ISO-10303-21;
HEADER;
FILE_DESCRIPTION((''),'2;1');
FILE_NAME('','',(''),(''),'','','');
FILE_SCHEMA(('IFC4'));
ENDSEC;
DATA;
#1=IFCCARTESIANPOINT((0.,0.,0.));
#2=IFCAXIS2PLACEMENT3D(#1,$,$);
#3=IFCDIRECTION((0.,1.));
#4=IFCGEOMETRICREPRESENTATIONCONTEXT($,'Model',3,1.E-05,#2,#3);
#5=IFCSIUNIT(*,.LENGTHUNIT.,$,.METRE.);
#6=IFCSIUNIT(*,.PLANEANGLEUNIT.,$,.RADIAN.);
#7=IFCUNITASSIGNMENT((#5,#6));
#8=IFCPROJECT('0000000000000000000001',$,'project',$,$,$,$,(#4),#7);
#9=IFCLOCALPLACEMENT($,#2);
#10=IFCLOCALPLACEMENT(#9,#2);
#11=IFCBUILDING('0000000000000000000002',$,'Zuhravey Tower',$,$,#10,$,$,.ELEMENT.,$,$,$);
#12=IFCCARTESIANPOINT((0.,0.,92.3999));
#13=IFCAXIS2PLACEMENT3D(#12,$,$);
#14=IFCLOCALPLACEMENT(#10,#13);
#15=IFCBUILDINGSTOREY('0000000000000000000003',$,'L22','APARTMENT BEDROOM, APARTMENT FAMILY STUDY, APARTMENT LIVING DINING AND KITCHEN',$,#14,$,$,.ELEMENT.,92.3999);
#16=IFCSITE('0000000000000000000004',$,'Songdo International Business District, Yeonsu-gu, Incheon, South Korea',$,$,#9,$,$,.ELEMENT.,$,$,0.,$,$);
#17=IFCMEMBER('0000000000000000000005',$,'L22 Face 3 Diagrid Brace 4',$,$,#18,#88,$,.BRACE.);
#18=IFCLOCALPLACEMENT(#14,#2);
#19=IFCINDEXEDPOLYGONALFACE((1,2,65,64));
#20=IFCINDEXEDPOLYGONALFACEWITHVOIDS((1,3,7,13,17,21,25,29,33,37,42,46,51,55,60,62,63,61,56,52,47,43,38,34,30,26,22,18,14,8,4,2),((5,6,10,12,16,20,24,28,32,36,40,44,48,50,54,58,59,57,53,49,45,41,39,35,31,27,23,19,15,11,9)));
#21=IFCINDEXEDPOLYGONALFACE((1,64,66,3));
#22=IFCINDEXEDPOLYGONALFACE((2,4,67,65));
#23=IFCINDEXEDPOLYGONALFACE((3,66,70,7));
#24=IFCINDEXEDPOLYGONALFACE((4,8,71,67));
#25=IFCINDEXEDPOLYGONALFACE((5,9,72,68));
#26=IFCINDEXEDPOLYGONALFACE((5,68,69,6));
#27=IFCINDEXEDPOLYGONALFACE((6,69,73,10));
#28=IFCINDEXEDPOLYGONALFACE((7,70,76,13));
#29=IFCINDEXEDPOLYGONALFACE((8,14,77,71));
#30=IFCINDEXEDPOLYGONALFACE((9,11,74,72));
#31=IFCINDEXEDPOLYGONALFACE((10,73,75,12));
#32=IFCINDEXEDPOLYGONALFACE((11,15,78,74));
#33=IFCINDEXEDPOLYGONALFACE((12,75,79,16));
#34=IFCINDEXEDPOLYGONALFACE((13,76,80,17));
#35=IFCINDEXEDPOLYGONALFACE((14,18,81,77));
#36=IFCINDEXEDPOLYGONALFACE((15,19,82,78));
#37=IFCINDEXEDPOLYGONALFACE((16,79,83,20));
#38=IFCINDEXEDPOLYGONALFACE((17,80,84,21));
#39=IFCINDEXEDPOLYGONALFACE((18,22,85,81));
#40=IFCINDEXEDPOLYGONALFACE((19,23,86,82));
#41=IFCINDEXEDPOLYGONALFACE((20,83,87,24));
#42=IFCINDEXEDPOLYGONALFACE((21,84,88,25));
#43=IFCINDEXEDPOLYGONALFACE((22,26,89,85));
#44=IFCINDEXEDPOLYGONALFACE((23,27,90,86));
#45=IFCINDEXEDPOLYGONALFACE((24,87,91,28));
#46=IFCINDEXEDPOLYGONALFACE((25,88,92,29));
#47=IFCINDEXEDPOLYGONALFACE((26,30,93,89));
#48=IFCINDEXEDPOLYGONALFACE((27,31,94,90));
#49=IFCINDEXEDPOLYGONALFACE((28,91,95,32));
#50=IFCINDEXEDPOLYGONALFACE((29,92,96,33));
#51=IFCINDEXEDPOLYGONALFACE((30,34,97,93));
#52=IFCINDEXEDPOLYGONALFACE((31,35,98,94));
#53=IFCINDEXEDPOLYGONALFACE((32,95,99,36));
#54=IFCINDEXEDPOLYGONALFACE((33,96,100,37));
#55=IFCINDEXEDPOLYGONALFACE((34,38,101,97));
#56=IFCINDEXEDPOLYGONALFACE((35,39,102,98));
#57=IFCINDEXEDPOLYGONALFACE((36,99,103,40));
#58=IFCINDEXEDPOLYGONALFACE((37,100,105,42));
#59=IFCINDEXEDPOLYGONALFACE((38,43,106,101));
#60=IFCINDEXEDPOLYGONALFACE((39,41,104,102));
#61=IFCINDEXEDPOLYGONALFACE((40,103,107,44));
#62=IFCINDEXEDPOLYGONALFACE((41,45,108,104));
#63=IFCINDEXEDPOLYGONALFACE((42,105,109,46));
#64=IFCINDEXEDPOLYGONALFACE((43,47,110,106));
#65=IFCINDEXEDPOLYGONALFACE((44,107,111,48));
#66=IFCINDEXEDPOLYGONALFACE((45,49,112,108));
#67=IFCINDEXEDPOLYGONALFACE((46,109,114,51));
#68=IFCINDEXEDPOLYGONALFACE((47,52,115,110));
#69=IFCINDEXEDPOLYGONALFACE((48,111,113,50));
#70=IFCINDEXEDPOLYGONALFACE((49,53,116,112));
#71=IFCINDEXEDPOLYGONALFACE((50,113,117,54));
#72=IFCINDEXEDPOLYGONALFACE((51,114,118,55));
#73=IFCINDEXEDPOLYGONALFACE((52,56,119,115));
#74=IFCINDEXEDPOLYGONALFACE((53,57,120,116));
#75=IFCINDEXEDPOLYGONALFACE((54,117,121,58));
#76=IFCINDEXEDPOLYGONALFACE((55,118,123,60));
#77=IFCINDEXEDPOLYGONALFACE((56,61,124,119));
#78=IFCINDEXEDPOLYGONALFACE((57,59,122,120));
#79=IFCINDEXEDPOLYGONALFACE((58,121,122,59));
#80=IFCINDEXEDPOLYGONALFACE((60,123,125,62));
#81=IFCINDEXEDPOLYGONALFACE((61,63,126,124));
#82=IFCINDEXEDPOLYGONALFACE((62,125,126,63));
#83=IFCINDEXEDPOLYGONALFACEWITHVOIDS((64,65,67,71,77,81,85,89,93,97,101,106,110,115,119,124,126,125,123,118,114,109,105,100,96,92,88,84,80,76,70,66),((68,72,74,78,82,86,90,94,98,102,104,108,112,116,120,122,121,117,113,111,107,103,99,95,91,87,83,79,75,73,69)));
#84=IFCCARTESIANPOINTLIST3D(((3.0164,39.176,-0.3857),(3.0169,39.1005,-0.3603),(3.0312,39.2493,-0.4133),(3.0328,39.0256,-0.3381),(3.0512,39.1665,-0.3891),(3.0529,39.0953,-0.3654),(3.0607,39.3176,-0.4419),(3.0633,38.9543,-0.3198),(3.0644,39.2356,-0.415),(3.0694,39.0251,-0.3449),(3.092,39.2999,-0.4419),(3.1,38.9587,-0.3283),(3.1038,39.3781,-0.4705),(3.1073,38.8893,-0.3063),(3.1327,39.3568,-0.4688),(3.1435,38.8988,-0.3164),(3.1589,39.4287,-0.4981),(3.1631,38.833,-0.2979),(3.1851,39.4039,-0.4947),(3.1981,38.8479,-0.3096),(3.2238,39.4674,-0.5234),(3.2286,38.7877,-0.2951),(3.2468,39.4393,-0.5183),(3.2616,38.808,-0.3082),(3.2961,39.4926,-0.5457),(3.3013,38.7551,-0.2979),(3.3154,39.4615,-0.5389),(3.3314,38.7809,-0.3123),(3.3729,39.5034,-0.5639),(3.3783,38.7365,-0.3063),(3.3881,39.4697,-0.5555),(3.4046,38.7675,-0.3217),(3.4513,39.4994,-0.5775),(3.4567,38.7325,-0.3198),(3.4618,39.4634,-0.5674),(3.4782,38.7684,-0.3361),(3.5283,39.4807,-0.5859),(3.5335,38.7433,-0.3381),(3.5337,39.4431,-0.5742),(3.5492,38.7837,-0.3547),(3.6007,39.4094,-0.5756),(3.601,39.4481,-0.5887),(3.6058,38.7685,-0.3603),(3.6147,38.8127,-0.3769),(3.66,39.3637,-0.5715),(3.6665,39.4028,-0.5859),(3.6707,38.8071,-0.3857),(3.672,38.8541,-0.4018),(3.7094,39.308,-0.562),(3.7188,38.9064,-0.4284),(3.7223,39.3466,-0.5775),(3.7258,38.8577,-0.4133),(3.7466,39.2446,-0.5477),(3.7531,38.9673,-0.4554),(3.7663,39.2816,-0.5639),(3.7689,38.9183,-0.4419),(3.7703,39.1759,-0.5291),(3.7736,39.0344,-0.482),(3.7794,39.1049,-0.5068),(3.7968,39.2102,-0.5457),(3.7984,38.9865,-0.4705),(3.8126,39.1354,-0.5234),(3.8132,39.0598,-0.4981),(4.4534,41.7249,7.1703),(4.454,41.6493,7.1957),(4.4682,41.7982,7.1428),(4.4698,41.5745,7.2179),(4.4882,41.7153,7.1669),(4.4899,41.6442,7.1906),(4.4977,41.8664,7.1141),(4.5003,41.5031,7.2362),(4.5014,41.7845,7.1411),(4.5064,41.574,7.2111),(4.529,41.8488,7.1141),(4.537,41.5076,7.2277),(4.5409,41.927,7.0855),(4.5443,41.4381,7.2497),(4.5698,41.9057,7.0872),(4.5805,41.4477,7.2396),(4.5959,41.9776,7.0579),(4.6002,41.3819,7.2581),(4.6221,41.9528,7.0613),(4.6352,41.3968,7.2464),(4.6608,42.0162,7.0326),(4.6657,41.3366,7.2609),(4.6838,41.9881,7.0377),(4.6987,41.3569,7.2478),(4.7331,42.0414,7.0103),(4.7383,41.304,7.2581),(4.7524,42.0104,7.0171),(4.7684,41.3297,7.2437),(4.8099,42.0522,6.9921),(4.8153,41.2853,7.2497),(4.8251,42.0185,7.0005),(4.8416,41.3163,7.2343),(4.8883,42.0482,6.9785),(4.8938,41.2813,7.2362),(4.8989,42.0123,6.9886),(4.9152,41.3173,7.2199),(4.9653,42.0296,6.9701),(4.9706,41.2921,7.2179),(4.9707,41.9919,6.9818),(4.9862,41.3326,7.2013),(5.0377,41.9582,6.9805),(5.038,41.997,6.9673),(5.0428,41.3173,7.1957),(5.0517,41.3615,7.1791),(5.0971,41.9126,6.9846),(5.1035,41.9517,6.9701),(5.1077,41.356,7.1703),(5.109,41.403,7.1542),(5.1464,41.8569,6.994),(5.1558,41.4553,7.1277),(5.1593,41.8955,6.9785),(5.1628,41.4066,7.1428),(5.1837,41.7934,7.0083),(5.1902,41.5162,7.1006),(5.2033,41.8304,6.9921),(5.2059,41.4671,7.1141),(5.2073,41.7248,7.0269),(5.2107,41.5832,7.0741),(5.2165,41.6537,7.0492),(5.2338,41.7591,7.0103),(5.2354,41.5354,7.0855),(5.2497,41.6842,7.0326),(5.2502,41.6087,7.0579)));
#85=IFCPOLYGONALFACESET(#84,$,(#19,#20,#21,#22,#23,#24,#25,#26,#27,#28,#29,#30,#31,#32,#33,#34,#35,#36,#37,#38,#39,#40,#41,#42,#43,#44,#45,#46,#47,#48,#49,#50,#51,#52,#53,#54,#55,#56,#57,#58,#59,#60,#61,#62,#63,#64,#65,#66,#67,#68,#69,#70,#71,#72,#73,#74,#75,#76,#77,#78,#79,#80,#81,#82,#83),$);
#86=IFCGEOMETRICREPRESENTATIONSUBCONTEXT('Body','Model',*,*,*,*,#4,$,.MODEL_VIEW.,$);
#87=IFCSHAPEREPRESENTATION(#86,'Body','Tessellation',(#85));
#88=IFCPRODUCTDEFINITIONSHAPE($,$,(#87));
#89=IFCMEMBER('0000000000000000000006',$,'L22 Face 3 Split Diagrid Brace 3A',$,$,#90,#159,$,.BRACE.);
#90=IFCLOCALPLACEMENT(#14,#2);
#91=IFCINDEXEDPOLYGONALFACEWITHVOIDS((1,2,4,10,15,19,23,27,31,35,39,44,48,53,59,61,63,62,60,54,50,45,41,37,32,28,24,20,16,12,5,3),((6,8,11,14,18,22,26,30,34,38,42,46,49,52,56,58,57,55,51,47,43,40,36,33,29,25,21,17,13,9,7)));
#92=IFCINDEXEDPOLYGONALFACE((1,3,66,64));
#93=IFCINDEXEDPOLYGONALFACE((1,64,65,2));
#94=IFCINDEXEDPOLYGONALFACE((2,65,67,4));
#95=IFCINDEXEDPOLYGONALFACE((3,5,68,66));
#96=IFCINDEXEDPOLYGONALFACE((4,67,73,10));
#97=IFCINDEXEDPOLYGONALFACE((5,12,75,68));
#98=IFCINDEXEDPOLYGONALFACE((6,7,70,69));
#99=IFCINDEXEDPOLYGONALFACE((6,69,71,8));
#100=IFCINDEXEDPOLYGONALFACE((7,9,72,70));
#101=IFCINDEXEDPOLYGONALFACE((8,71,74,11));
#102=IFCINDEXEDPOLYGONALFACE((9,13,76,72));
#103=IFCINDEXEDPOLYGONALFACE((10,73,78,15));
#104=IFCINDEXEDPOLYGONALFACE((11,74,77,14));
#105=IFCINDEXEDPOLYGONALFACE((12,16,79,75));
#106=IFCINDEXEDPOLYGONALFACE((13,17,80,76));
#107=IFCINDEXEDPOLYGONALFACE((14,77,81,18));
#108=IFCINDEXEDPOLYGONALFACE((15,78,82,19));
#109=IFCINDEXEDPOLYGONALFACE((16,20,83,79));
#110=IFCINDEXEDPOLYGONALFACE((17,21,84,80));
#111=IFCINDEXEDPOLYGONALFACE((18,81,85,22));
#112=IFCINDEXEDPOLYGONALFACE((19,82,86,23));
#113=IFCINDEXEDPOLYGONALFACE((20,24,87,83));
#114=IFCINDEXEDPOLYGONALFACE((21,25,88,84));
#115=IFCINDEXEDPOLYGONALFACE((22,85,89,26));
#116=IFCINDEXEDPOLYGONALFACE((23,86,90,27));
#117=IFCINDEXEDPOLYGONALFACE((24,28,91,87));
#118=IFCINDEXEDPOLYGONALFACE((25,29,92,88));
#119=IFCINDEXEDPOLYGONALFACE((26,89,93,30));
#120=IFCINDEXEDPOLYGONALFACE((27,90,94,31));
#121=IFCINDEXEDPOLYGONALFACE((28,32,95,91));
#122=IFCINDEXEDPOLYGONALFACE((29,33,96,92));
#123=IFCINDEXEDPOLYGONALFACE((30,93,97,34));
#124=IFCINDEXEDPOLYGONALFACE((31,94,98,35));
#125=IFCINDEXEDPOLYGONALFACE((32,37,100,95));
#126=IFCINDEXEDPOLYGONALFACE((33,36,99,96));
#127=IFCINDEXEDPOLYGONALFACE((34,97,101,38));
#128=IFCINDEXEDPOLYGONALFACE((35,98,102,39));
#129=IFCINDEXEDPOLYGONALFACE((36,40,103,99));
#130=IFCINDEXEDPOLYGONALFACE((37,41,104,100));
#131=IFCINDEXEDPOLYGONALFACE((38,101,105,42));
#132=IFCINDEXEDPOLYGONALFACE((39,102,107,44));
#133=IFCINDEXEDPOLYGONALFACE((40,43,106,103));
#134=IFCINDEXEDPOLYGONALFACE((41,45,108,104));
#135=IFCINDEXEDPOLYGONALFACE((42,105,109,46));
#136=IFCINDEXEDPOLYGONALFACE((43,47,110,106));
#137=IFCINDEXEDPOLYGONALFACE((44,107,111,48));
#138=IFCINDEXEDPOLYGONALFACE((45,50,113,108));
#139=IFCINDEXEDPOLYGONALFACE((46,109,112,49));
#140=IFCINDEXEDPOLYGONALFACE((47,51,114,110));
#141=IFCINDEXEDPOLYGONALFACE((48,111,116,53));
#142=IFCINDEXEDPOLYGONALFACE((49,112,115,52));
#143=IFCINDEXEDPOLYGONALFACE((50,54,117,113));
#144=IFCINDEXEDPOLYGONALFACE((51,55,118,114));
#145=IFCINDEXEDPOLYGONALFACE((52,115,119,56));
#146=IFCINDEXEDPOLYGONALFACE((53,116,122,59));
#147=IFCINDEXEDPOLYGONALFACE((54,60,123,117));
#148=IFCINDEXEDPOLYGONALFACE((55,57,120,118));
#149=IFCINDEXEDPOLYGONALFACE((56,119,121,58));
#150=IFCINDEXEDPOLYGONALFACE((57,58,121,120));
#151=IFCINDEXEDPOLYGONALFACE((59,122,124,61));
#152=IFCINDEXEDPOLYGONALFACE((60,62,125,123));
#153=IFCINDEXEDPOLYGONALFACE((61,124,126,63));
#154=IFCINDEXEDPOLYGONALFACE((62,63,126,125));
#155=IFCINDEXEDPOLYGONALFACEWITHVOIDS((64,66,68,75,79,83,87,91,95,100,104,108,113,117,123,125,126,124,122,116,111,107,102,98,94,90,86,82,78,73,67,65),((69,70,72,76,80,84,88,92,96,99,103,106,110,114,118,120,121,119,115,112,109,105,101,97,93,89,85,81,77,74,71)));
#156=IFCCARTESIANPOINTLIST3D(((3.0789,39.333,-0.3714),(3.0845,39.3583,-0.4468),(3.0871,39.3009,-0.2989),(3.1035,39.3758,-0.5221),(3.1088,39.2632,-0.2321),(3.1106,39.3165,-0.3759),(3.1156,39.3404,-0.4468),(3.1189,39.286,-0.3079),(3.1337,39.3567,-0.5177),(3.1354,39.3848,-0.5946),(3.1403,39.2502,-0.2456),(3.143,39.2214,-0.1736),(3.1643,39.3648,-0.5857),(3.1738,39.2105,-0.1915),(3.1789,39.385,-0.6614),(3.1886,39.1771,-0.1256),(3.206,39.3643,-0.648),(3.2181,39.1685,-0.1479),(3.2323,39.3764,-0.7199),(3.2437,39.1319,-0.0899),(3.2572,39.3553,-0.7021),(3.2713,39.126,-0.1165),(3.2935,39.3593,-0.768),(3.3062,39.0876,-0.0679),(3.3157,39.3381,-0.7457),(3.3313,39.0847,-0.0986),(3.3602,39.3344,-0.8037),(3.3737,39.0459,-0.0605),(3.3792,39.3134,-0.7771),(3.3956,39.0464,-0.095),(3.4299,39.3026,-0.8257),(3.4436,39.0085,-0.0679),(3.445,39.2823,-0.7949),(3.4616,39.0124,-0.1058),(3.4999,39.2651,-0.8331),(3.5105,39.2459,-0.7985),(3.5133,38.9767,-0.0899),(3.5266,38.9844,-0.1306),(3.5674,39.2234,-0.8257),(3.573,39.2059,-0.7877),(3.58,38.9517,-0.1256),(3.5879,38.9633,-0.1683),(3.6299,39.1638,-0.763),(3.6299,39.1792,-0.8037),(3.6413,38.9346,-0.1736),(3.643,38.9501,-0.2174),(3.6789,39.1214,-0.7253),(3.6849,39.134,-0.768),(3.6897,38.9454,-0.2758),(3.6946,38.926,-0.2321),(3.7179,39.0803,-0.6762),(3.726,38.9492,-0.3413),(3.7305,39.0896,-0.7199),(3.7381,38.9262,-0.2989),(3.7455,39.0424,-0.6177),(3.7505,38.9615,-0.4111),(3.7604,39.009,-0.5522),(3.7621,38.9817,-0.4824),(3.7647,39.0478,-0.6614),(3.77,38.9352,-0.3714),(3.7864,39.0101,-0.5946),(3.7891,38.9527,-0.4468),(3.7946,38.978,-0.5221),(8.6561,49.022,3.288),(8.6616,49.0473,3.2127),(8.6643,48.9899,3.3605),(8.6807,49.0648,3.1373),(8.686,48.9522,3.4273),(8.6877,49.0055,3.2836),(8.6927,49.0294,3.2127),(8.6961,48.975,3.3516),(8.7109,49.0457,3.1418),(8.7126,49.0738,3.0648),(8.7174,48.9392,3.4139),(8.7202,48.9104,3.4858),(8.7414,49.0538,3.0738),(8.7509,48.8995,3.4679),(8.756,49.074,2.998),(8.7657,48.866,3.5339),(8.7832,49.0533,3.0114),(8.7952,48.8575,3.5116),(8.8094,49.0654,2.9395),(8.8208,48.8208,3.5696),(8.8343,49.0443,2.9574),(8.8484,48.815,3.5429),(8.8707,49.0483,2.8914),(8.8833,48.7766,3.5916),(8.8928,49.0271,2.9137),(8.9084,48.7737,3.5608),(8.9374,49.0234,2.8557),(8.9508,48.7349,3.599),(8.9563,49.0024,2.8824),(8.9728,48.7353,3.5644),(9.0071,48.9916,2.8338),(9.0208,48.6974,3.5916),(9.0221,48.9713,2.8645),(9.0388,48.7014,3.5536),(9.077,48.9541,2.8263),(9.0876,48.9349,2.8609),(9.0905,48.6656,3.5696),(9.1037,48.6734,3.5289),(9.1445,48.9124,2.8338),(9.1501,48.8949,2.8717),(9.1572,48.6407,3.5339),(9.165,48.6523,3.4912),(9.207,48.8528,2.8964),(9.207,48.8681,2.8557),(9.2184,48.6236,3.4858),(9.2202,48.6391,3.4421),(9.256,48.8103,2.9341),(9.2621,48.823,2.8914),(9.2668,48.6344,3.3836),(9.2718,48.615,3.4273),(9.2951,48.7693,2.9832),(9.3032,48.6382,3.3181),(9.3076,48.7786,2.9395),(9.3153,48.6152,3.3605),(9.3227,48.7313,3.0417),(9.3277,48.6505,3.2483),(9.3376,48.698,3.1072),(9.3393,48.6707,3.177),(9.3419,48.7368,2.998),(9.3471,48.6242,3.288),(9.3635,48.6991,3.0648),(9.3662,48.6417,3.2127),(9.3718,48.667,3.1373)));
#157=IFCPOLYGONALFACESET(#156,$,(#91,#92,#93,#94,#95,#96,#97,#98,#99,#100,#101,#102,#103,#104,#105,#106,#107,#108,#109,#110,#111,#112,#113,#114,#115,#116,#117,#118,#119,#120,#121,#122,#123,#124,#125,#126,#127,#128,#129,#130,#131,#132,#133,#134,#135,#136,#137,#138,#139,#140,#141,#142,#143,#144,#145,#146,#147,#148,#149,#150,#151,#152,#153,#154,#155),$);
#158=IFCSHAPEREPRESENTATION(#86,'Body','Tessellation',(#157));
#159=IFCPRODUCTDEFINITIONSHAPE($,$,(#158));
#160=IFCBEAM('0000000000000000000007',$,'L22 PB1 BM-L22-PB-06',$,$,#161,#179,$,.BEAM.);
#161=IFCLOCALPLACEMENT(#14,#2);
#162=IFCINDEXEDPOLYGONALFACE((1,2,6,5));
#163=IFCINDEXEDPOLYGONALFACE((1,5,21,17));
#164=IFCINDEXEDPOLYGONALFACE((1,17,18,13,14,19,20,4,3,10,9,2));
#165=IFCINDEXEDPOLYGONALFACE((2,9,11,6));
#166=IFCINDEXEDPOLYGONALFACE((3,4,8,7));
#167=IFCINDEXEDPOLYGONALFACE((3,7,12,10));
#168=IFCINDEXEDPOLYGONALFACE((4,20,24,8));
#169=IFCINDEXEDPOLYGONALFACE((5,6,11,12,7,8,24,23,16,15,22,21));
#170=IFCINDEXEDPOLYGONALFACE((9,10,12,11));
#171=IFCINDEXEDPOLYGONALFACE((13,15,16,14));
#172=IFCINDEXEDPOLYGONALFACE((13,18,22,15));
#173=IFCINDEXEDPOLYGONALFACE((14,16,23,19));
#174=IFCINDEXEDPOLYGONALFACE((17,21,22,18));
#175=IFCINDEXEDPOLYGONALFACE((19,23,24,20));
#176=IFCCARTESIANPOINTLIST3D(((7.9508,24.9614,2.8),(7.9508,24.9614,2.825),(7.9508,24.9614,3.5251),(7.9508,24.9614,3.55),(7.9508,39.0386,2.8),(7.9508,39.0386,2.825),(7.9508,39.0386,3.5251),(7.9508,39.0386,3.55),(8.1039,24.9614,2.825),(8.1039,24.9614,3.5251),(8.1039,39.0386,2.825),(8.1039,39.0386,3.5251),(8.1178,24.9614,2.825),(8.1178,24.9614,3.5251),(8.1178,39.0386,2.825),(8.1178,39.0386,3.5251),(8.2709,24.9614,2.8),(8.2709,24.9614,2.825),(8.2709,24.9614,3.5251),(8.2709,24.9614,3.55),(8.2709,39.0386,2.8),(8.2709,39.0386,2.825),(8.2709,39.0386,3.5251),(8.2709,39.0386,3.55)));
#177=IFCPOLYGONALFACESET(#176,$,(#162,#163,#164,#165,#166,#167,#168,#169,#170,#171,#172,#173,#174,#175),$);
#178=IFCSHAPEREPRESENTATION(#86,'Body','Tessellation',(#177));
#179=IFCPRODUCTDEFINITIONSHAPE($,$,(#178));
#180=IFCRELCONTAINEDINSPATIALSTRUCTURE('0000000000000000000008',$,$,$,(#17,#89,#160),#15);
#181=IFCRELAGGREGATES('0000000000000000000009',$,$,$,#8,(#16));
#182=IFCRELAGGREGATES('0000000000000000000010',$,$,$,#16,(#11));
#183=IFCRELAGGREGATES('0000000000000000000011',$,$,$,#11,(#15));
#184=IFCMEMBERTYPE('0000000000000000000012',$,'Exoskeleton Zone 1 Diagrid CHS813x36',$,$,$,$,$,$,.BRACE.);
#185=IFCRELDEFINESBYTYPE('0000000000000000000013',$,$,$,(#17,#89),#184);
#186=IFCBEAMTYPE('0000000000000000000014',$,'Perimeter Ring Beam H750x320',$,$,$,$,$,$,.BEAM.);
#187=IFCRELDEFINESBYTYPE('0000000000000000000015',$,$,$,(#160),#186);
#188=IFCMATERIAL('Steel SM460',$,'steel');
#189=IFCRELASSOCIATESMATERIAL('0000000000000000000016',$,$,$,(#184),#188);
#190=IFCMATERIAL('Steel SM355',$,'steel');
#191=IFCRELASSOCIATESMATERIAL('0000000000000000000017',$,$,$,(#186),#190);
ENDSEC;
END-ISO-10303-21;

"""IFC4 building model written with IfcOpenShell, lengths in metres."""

from ifc_helpers import new_model, si_unit, direction, frame, origin, origin_2d, place, context, subcontext, project, spatial, hollow_circle, i_section, extrude, material, material_profile, profile_set, type_object, element, save


model = new_model("IFC4")

# Units and contexts
model_context = context("Model", 3, precision=1e-05, world=origin(), true_north=direction((0.0, 1.0)))
body_context = subcontext(model_context, "Body", "Model", "MODEL_VIEW")
ifc_project = project(units=[si_unit("LENGTHUNIT", "METRE"), si_unit("PLANEANGLEUNIT", "RADIAN")], contexts=[model_context])

# Site, building, storey
site_placement = place(None, origin())
site = spatial("IfcSite", under=ifc_project, at=site_placement, Name="Songdo International Business District, Yeonsu-gu, Incheon, South Korea", CompositionType="ELEMENT", RefElevation=0.0)
building_placement = place(site_placement, origin())
building = spatial("IfcBuilding", under=site, at=building_placement, Name="Zuhravey Tower", CompositionType="ELEMENT")
storey_placement = place(building_placement, frame((0.0, 0.0, 92.3999)))
storey = spatial("IfcBuildingStorey", under=building, at=storey_placement, Name="L22", Description="APARTMENT BEDROOM, APARTMENT FAMILY STUDY, APARTMENT LIVING DINING AND KITCHEN", CompositionType="ELEMENT", Elevation=92.3999)

# Members
ifc_material_1 = material(Name="Steel SM460", Category="steel")
ifc_material_profile_1 = material_profile(ifc_material_1, hollow_circle(Radius=0.4065, WallThickness=0.0359, at=origin_2d()), Name="CHS-812.8x36")
ifc_profile_set_1 = profile_set([ifc_material_profile_1], Name="Steel SM460")
member_type_1 = type_object("IfcMemberType", Name="Exoskeleton Zone 1 Diagrid CHS813x36", PredefinedType="BRACE", material=ifc_profile_set_1)
member_1_placement = place(storey_placement, frame((3.4148, 39.1179, -0.4419), z_axis=(0.17735, 0.314566, 0.932521), x_axis=(-0.871094, 0.491117, 0.0)))
element("IfcMember", 1, at=member_1_placement, inside=storey, type_object=member_type_1, Name="L22 Face 3 Diagrid Brace 4", PredefinedType="BRACE", context=body_context, shape_type="SweptSolid", body=[
    extrude(hollow_circle(Radius=0.4065, WallThickness=0.0359, at=origin_2d()), origin(), (0.0, 0.0, 1.0), 8.1028),
])
member_2_placement = place(storey_placement, frame((3.4368, 39.1555, -0.4468), z_axis=(0.47412, 0.82367, 0.311092), x_axis=(-0.866675, 0.498874, 0.0)))
element("IfcMember", 2, at=member_2_placement, inside=storey, type_object=member_type_1, Name="L22 Face 3 Split Diagrid Brace 3A", PredefinedType="BRACE", context=body_context, shape_type="SweptSolid", body=[
    extrude(hollow_circle(Radius=0.4065, WallThickness=0.0359, at=origin_2d()), origin(), (0.0, 0.0, 1.0), 11.7632),
])

# Beam
ifc_material_2 = material(Name="Steel SM355", Category="steel")
ifc_material_profile_2 = material_profile(ifc_material_2, i_section(OverallWidth=0.3201, OverallDepth=0.75, WebThickness=0.0139, FlangeThickness=0.0249, at=origin_2d()), Name="H-750x320x14x25")
ifc_profile_set_2 = profile_set([ifc_material_profile_2], Name="Steel SM355")
beam_type_1 = type_object("IfcBeamType", Name="Perimeter Ring Beam H750x320", PredefinedType="BEAM", material=ifc_profile_set_2)
beam_1_placement = place(storey_placement, frame((8.1108, 39.0386, 3.175), z_axis=(0.0, -1.0, 0.0), x_axis=(1.0, 0.0, 0.0)))
element("IfcBeam", 3, at=beam_1_placement, inside=storey, type_object=beam_type_1, Name="L22 PB1 BM-L22-PB-06", PredefinedType="BEAM", context=body_context, shape_type="SweptSolid", body=[
    extrude(i_section(OverallWidth=0.3201, OverallDepth=0.75, WebThickness=0.0139, FlangeThickness=0.0249, at=origin_2d()), origin(), (0.0, 0.0, 1.0), 14.0771),
])

save(model, "model.ifc")
